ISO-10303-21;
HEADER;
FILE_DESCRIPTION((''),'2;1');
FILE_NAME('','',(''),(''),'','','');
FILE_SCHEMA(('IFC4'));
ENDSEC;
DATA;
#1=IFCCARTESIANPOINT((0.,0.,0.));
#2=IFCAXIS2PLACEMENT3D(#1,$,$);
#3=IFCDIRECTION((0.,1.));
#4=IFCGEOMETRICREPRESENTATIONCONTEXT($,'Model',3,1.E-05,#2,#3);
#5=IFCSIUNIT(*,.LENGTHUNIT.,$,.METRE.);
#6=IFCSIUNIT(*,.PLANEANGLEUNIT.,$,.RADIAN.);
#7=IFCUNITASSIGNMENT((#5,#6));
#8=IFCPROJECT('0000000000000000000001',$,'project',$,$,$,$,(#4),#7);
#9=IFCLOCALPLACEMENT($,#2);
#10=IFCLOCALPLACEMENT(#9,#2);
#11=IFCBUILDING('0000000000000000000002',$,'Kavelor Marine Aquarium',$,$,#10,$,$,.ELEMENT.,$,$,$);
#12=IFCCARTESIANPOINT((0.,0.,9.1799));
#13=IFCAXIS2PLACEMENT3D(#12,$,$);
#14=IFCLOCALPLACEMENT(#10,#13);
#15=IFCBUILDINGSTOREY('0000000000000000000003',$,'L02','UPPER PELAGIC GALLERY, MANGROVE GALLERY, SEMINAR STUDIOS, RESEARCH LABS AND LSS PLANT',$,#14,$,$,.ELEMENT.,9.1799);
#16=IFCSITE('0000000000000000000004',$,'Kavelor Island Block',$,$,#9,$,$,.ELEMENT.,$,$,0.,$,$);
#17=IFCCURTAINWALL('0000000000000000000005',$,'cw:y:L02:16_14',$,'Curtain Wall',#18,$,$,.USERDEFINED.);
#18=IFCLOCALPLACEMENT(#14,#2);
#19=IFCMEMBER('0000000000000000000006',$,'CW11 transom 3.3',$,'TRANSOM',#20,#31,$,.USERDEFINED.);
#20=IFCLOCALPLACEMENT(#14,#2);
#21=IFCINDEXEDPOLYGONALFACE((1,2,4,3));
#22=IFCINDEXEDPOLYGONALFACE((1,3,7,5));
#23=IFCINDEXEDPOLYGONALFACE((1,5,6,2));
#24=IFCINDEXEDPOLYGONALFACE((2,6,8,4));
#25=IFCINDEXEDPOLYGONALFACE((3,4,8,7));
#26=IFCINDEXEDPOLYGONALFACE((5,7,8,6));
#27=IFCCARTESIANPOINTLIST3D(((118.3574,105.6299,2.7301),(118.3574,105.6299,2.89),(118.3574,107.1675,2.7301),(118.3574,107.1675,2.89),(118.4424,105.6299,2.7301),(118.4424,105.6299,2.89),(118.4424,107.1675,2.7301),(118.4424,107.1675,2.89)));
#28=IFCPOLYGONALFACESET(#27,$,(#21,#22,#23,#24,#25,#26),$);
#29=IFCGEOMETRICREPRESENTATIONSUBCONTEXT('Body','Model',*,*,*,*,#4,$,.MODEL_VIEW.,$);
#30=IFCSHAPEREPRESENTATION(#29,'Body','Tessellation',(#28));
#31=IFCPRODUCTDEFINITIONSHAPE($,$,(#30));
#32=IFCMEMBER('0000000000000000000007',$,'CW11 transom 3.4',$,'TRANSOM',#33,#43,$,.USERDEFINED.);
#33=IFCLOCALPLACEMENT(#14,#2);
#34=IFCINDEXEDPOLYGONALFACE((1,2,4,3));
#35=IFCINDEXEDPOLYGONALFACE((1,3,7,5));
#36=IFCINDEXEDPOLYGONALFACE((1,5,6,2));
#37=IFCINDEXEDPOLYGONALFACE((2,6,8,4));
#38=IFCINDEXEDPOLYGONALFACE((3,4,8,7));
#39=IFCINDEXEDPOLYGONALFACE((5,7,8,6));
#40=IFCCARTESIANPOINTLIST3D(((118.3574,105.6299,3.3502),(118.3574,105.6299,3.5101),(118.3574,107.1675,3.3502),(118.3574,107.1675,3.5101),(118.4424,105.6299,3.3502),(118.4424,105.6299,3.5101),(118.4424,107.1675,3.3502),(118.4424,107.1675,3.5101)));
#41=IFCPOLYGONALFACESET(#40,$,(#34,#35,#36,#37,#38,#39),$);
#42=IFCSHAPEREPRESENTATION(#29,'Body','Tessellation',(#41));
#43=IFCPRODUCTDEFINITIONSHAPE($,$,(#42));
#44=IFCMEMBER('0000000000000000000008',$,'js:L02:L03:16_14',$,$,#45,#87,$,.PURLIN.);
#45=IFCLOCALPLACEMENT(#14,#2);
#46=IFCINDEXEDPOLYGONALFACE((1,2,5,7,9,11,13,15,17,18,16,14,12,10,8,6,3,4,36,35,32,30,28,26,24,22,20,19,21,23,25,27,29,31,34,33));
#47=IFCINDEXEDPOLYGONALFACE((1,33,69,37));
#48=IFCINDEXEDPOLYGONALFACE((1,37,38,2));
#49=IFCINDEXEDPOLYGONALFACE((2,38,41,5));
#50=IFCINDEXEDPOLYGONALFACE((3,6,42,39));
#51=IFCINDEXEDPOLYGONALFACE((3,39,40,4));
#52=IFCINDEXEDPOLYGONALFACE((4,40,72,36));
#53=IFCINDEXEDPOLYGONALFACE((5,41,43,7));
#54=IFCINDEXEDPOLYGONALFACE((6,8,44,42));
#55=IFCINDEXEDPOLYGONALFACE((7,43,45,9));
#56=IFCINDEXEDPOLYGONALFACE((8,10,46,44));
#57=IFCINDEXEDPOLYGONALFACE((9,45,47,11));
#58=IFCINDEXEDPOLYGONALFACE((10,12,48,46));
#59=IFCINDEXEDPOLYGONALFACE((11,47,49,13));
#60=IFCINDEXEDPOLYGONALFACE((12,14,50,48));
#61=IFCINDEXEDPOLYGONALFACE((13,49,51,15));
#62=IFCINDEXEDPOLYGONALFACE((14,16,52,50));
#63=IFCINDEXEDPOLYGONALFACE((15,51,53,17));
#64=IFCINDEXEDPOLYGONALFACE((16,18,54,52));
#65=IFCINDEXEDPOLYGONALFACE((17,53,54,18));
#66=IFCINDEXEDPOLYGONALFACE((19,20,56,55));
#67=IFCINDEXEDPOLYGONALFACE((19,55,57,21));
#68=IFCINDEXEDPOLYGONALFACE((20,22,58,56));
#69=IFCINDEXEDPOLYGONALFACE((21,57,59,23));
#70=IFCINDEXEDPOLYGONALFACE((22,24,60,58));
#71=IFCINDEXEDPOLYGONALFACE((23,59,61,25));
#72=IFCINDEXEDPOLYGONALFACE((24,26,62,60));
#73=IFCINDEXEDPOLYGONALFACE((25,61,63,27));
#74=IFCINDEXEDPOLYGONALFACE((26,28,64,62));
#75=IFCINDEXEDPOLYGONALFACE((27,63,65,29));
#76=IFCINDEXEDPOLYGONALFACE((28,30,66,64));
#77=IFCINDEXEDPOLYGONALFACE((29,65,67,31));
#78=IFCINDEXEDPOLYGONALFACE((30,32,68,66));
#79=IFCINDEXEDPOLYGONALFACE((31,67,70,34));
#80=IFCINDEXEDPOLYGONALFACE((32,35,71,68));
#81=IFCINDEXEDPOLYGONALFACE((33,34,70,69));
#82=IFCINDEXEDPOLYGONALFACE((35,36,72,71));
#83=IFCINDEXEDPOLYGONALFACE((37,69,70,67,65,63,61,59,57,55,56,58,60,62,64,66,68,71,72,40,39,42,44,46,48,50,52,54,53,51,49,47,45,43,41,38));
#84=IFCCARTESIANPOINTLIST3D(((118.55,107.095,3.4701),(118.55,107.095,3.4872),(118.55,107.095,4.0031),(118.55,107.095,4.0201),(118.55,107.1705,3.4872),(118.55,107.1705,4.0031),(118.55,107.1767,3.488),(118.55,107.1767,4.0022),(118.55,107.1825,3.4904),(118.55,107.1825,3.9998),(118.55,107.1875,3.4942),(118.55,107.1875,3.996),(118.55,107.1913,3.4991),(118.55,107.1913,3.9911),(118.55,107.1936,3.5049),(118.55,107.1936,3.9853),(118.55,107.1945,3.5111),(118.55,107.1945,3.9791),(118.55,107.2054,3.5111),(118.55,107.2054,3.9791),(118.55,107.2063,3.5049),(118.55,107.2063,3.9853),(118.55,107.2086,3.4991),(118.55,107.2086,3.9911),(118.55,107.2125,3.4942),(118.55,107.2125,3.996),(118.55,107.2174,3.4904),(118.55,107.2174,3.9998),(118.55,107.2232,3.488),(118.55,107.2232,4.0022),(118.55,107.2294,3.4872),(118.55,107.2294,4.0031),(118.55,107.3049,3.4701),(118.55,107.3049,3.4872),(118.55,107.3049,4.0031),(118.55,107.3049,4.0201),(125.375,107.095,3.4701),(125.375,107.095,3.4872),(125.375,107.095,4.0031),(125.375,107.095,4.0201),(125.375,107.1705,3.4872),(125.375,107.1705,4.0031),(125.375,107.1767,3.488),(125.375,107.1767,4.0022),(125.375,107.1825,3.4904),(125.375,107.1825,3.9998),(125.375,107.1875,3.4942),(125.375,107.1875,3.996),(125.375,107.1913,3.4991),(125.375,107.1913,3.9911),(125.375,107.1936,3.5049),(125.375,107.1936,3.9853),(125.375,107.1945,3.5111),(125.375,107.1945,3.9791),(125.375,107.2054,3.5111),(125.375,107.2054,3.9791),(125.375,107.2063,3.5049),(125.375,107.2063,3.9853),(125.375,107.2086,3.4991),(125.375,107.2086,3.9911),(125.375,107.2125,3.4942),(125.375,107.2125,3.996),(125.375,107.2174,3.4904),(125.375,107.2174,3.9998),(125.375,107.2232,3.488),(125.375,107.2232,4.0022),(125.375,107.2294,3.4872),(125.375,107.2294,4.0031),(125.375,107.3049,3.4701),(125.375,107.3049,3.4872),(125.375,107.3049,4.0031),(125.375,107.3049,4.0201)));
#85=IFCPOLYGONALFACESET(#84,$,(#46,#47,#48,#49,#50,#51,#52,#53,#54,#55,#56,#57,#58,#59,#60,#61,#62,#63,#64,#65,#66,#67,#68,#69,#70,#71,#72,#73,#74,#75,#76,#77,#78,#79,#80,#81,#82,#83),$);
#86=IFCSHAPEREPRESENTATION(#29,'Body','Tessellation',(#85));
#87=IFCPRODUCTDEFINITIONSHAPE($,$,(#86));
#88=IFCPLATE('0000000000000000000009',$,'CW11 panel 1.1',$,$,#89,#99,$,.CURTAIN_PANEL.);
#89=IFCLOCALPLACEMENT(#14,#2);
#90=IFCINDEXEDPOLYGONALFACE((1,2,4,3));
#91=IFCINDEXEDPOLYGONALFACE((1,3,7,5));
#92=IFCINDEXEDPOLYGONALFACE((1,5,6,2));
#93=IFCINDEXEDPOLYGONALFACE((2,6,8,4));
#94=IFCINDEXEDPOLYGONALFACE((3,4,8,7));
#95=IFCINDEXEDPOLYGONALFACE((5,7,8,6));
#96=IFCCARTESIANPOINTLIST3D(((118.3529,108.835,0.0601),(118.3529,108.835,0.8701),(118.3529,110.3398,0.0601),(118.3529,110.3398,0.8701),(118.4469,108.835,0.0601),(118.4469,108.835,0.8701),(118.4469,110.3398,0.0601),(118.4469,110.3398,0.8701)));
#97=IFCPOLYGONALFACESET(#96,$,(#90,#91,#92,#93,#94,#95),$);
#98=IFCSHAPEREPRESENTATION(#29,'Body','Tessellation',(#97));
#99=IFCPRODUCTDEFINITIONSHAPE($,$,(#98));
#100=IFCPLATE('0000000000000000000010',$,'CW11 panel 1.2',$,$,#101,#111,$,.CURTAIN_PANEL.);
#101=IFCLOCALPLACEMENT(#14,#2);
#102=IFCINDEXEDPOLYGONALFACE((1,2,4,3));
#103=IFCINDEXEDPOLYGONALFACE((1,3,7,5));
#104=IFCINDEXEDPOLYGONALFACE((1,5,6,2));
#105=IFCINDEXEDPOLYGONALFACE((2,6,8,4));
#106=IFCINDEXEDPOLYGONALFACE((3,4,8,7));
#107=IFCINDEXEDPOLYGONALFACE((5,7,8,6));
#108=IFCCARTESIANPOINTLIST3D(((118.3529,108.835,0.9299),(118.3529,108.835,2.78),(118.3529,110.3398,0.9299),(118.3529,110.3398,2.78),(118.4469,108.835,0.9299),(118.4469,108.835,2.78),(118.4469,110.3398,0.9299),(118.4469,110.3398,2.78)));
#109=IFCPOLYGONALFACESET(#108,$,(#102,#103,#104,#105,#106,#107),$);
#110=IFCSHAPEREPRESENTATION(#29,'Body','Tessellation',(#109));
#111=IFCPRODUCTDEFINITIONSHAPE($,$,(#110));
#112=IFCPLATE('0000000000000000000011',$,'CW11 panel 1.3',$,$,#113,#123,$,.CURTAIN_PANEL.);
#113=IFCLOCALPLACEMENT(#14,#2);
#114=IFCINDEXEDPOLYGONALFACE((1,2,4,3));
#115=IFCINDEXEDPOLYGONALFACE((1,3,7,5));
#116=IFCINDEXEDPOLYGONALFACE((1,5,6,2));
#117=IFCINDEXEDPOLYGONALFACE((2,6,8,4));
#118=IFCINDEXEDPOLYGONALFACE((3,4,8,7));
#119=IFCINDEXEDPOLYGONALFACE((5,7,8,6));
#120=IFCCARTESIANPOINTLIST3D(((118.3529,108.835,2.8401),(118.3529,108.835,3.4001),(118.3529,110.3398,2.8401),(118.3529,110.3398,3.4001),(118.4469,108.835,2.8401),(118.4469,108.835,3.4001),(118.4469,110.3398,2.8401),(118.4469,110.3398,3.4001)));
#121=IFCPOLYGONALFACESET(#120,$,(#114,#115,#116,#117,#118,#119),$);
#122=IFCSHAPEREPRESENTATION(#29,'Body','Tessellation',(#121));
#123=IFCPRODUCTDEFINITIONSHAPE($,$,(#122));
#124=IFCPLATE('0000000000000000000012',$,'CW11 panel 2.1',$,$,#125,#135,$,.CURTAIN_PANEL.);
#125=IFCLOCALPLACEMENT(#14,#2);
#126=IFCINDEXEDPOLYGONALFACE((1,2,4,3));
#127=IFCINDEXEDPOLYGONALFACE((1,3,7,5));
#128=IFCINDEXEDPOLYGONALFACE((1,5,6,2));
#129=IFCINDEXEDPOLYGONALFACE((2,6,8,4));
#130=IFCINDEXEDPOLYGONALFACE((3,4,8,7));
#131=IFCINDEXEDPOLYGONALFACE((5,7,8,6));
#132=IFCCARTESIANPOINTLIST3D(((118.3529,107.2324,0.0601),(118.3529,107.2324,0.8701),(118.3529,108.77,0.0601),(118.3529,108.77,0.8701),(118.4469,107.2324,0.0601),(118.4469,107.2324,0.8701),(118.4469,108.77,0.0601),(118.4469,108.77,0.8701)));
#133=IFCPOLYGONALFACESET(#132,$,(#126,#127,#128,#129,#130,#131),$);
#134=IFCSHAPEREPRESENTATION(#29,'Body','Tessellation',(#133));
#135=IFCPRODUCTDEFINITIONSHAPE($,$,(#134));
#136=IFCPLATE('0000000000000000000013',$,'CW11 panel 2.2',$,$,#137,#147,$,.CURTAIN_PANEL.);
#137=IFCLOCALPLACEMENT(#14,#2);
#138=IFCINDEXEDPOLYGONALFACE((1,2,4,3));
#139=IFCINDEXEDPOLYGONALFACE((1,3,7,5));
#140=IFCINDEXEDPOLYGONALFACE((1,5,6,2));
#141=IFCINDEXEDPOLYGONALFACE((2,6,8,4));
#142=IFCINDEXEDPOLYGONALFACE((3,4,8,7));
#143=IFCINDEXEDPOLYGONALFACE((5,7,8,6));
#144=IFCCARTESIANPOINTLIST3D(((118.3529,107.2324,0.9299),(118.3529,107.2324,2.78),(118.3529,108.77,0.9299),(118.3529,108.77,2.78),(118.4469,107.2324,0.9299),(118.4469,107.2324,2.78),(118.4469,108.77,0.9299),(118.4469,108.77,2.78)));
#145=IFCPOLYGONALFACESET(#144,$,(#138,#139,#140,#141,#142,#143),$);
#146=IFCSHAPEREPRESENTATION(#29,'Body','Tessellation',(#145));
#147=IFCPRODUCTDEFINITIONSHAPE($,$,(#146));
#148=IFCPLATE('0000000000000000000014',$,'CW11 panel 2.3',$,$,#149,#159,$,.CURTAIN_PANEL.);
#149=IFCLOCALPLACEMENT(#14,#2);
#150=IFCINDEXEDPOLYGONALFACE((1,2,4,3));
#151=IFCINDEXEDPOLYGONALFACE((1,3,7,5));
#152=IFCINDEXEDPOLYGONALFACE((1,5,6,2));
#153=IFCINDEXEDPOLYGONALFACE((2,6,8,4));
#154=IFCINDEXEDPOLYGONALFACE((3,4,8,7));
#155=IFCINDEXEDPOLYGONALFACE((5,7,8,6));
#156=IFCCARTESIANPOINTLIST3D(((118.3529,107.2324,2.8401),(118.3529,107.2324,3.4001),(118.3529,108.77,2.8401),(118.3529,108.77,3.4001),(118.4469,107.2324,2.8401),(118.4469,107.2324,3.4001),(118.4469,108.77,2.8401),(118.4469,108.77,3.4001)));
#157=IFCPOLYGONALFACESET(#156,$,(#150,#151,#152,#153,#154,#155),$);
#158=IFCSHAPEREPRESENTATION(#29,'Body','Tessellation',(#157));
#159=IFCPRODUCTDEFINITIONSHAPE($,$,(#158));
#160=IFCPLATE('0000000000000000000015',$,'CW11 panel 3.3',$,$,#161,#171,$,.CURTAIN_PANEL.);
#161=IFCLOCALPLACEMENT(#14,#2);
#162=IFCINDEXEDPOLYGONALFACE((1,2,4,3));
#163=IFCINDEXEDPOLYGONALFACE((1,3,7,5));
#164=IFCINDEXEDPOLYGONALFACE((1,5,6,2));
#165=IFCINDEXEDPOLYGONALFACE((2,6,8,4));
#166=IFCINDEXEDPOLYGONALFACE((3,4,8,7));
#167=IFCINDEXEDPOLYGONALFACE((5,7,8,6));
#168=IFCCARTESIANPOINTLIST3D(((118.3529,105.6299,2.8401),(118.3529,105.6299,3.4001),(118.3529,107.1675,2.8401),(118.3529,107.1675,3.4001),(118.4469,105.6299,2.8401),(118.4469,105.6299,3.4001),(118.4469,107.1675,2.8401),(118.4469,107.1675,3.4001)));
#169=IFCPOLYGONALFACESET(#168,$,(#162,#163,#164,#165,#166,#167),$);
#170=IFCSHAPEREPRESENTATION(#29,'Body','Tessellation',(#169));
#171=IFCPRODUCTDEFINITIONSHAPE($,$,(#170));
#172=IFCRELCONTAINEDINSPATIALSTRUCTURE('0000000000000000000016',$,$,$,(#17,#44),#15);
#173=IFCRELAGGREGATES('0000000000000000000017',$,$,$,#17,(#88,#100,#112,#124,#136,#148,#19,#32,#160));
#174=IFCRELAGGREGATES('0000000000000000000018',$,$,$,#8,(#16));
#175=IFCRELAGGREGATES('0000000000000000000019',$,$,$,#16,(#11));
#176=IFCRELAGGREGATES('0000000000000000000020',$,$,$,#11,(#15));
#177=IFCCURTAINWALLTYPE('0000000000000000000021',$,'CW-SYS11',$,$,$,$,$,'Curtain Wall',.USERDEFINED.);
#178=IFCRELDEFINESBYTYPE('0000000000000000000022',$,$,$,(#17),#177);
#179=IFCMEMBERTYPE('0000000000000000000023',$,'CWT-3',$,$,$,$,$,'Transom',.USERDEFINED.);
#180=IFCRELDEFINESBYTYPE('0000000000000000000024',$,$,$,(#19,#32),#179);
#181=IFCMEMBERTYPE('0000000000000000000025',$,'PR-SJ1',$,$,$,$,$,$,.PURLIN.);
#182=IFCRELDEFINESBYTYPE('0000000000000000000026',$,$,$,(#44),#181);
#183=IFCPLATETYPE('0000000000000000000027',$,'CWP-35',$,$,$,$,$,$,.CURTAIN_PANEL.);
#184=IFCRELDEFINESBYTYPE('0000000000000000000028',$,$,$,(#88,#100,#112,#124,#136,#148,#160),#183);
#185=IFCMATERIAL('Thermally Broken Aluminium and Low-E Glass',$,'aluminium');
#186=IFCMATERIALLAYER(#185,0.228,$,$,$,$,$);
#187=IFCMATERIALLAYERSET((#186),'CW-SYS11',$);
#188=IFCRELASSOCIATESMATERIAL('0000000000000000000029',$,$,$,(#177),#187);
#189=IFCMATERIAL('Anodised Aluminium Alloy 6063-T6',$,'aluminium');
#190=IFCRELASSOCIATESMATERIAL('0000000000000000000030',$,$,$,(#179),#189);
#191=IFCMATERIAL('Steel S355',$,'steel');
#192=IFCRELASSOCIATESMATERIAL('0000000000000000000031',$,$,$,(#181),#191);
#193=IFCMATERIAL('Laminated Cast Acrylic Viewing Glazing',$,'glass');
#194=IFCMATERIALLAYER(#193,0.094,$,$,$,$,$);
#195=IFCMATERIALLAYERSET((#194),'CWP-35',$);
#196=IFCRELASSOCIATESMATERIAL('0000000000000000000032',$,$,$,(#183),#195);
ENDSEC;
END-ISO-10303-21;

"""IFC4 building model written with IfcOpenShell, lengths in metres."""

from ifc_helpers import new_model, si_unit, direction, frame, origin, origin_2d, place, context, subcontext, project, spatial, rectangle, i_section, extrude, material, layer, layer_set, material_profile, profile_set, type_object, element, aggregate, save


model = new_model("IFC4")

# Units and contexts
model_context = context("Model", 3, precision=1e-05, world=origin(), true_north=direction((0.0, 1.0)))
body_context = subcontext(model_context, "Body", "Model", "MODEL_VIEW")
ifc_project = project(units=[si_unit("LENGTHUNIT", "METRE"), si_unit("PLANEANGLEUNIT", "RADIAN")], contexts=[model_context])

# Site, building, storey
site_placement = place(None, origin())
site = spatial("IfcSite", under=ifc_project, at=site_placement, Name="Kavelor Island Block", CompositionType="ELEMENT", RefElevation=0.0)
building_placement = place(site_placement, origin())
building = spatial("IfcBuilding", under=site, at=building_placement, Name="Kavelor Marine Aquarium", CompositionType="ELEMENT")
storey_placement = place(building_placement, frame((0.0, 0.0, 9.1799)))
storey = spatial("IfcBuildingStorey", under=building, at=storey_placement, Name="L02", Description="UPPER PELAGIC GALLERY, MANGROVE GALLERY, SEMINAR STUDIOS, RESEARCH LABS AND LSS PLANT", CompositionType="ELEMENT", Elevation=9.1799)

# Curtain wall, members
ifc_material_1 = material(Name="Thermally Broken Aluminium and Low-E Glass", Category="aluminium")
ifc_layer_1 = layer(ifc_material_1, 0.228)
ifc_layer_set_1 = layer_set([ifc_layer_1], Name="CW-SYS11")
curtain_wall_type = type_object("IfcCurtainWallType", Name="CW-SYS11", ElementType="Curtain Wall", PredefinedType="USERDEFINED", material=ifc_layer_set_1)
curtain_wall_placement = place(storey_placement, origin())
curtain_wall = element("IfcCurtainWall", 1, at=curtain_wall_placement, inside=storey, type_object=curtain_wall_type, Name="cw:y:L02:16_14", ObjectType="Curtain Wall", PredefinedType="USERDEFINED")
ifc_material_2 = material(Name="Anodised Aluminium Alloy 6063-T6", Category="aluminium")
ifc_material_profile_1 = material_profile(ifc_material_2, rectangle(XDim=0.085, YDim=0.1599, at=origin_2d()), Name="CW-TRN 85x160")
ifc_profile_set_1 = profile_set([ifc_material_profile_1], Name="Anodised Aluminium Alloy 6063-T6")
member_type_1 = type_object("IfcMemberType", Name="CWT-3", ElementType="Transom", PredefinedType="USERDEFINED", material=ifc_profile_set_1)
member_1_placement = place(storey_placement, frame((118.3999, 107.1675, 2.8101), z_axis=(0.0, -1.0, 0.0), x_axis=(1.0, 0.0, 0.0)))
member_1 = element("IfcMember", 2, at=member_1_placement, type_object=member_type_1, Name="CW11 transom 3.3", ObjectType="TRANSOM", PredefinedType="USERDEFINED", context=body_context, shape_type="SweptSolid", body=[
    extrude(rectangle(XDim=0.085, YDim=0.1599, at=origin_2d()), origin(), (0.0, 0.0, 1.0), 1.5376),
])
member_2_placement = place(storey_placement, frame((118.3999, 107.1675, 3.4302), z_axis=(0.0, -1.0, 0.0), x_axis=(1.0, 0.0, 0.0)))
member_2 = element("IfcMember", 3, at=member_2_placement, type_object=member_type_1, Name="CW11 transom 3.4", ObjectType="TRANSOM", PredefinedType="USERDEFINED", context=body_context, shape_type="SweptSolid", body=[
    extrude(rectangle(XDim=0.085, YDim=0.1599, at=origin_2d()), origin(), (0.0, 0.0, 1.0), 1.5376),
])

# Member
ifc_material_3 = material(Name="Steel S355", Category="steel")
ifc_material_profile_2 = material_profile(ifc_material_3, i_section(OverallWidth=0.21, OverallDepth=0.55, WebThickness=0.011, FlangeThickness=0.0171, FilletRadius=0.0239, at=origin_2d()), Name="IPE 550")
ifc_profile_set_2 = profile_set([ifc_material_profile_2], Name="Steel S355")
member_type_2 = type_object("IfcMemberType", Name="PR-SJ1", PredefinedType="PURLIN", material=ifc_profile_set_2)
member_3_placement = place(storey_placement, frame((118.55, 107.2, 3.7451), z_axis=(1.0, 0.0, 0.0), x_axis=(0.0, 1.0, 0.0)))
element("IfcMember", 4, at=member_3_placement, inside=storey, type_object=member_type_2, Name="js:L02:L03:16_14", PredefinedType="PURLIN", context=body_context, shape_type="SweptSolid", body=[
    extrude(i_section(OverallWidth=0.21, OverallDepth=0.55, WebThickness=0.011, FlangeThickness=0.0171, FilletRadius=0.0239, at=origin_2d()), origin(), (0.0, 0.0, 1.0), 6.825),
])

# Plates
ifc_material_4 = material(Name="Laminated Cast Acrylic Viewing Glazing", Category="glass")
ifc_layer_2 = layer(ifc_material_4, 0.094)
ifc_layer_set_2 = layer_set([ifc_layer_2], Name="CWP-35")
plate_type = type_object("IfcPlateType", Name="CWP-35", PredefinedType="CURTAIN_PANEL", material=ifc_layer_set_2)
plate_1_placement = place(storey_placement, frame((118.3999, 109.5874, 0.0601), z_axis=(0.0, 0.0, 1.0), x_axis=(0.0, -1.0, 0.0)))
plate_1 = element("IfcPlate", 5, at=plate_1_placement, type_object=plate_type, Name="CW11 panel 1.1", PredefinedType="CURTAIN_PANEL", context=body_context, shape_type="SweptSolid", body=[
    extrude(rectangle(XDim=1.5049, YDim=0.094, at=origin_2d()), origin(), (0.0, 0.0, 1.0), 0.8101),
])
plate_2_placement = place(storey_placement, frame((118.3999, 109.5874, 0.9299), z_axis=(0.0, 0.0, 1.0), x_axis=(0.0, -1.0, 0.0)))
plate_2 = element("IfcPlate", 6, at=plate_2_placement, type_object=plate_type, Name="CW11 panel 1.2", PredefinedType="CURTAIN_PANEL", context=body_context, shape_type="SweptSolid", body=[
    extrude(rectangle(XDim=1.5049, YDim=0.094, at=origin_2d()), origin(), (0.0, 0.0, 1.0), 1.8501),
])
plate_3_placement = place(storey_placement, frame((118.3999, 109.5874, 2.8401), z_axis=(0.0, 0.0, 1.0), x_axis=(0.0, -1.0, 0.0)))
plate_3 = element("IfcPlate", 7, at=plate_3_placement, type_object=plate_type, Name="CW11 panel 1.3", PredefinedType="CURTAIN_PANEL", context=body_context, shape_type="SweptSolid", body=[
    extrude(rectangle(XDim=1.5049, YDim=0.094, at=origin_2d()), origin(), (0.0, 0.0, 1.0), 0.5601),
])
plate_4_placement = place(storey_placement, frame((118.3999, 108.0012, 0.0601), z_axis=(0.0, 0.0, 1.0), x_axis=(0.0, -1.0, 0.0)))
plate_4 = element("IfcPlate", 8, at=plate_4_placement, type_object=plate_type, Name="CW11 panel 2.1", PredefinedType="CURTAIN_PANEL", context=body_context, shape_type="SweptSolid", body=[
    extrude(rectangle(XDim=1.5376, YDim=0.094, at=origin_2d()), origin(), (0.0, 0.0, 1.0), 0.8101),
])
plate_5_placement = place(storey_placement, frame((118.3999, 108.0012, 0.9299), z_axis=(0.0, 0.0, 1.0), x_axis=(0.0, -1.0, 0.0)))
plate_5 = element("IfcPlate", 9, at=plate_5_placement, type_object=plate_type, Name="CW11 panel 2.2", PredefinedType="CURTAIN_PANEL", context=body_context, shape_type="SweptSolid", body=[
    extrude(rectangle(XDim=1.5376, YDim=0.094, at=origin_2d()), origin(), (0.0, 0.0, 1.0), 1.8501),
])
plate_6_placement = place(storey_placement, frame((118.3999, 108.0012, 2.8401), z_axis=(0.0, 0.0, 1.0), x_axis=(0.0, -1.0, 0.0)))
plate_6 = element("IfcPlate", 10, at=plate_6_placement, type_object=plate_type, Name="CW11 panel 2.3", PredefinedType="CURTAIN_PANEL", context=body_context, shape_type="SweptSolid", body=[
    extrude(rectangle(XDim=1.5376, YDim=0.094, at=origin_2d()), origin(), (0.0, 0.0, 1.0), 0.5601),
])
plate_7_placement = place(storey_placement, frame((118.3999, 106.3987, 2.8401), z_axis=(0.0, 0.0, 1.0), x_axis=(0.0, -1.0, 0.0)))
plate_7 = element("IfcPlate", 11, at=plate_7_placement, type_object=plate_type, Name="CW11 panel 3.3", PredefinedType="CURTAIN_PANEL", context=body_context, shape_type="SweptSolid", body=[
    extrude(rectangle(XDim=1.5376, YDim=0.094, at=origin_2d()), origin(), (0.0, 0.0, 1.0), 0.5601),
])
aggregate(curtain_wall, [plate_1, plate_2, plate_3, plate_4, plate_5, plate_6, member_1, member_2, plate_7])

save(model, "model.ifc")
